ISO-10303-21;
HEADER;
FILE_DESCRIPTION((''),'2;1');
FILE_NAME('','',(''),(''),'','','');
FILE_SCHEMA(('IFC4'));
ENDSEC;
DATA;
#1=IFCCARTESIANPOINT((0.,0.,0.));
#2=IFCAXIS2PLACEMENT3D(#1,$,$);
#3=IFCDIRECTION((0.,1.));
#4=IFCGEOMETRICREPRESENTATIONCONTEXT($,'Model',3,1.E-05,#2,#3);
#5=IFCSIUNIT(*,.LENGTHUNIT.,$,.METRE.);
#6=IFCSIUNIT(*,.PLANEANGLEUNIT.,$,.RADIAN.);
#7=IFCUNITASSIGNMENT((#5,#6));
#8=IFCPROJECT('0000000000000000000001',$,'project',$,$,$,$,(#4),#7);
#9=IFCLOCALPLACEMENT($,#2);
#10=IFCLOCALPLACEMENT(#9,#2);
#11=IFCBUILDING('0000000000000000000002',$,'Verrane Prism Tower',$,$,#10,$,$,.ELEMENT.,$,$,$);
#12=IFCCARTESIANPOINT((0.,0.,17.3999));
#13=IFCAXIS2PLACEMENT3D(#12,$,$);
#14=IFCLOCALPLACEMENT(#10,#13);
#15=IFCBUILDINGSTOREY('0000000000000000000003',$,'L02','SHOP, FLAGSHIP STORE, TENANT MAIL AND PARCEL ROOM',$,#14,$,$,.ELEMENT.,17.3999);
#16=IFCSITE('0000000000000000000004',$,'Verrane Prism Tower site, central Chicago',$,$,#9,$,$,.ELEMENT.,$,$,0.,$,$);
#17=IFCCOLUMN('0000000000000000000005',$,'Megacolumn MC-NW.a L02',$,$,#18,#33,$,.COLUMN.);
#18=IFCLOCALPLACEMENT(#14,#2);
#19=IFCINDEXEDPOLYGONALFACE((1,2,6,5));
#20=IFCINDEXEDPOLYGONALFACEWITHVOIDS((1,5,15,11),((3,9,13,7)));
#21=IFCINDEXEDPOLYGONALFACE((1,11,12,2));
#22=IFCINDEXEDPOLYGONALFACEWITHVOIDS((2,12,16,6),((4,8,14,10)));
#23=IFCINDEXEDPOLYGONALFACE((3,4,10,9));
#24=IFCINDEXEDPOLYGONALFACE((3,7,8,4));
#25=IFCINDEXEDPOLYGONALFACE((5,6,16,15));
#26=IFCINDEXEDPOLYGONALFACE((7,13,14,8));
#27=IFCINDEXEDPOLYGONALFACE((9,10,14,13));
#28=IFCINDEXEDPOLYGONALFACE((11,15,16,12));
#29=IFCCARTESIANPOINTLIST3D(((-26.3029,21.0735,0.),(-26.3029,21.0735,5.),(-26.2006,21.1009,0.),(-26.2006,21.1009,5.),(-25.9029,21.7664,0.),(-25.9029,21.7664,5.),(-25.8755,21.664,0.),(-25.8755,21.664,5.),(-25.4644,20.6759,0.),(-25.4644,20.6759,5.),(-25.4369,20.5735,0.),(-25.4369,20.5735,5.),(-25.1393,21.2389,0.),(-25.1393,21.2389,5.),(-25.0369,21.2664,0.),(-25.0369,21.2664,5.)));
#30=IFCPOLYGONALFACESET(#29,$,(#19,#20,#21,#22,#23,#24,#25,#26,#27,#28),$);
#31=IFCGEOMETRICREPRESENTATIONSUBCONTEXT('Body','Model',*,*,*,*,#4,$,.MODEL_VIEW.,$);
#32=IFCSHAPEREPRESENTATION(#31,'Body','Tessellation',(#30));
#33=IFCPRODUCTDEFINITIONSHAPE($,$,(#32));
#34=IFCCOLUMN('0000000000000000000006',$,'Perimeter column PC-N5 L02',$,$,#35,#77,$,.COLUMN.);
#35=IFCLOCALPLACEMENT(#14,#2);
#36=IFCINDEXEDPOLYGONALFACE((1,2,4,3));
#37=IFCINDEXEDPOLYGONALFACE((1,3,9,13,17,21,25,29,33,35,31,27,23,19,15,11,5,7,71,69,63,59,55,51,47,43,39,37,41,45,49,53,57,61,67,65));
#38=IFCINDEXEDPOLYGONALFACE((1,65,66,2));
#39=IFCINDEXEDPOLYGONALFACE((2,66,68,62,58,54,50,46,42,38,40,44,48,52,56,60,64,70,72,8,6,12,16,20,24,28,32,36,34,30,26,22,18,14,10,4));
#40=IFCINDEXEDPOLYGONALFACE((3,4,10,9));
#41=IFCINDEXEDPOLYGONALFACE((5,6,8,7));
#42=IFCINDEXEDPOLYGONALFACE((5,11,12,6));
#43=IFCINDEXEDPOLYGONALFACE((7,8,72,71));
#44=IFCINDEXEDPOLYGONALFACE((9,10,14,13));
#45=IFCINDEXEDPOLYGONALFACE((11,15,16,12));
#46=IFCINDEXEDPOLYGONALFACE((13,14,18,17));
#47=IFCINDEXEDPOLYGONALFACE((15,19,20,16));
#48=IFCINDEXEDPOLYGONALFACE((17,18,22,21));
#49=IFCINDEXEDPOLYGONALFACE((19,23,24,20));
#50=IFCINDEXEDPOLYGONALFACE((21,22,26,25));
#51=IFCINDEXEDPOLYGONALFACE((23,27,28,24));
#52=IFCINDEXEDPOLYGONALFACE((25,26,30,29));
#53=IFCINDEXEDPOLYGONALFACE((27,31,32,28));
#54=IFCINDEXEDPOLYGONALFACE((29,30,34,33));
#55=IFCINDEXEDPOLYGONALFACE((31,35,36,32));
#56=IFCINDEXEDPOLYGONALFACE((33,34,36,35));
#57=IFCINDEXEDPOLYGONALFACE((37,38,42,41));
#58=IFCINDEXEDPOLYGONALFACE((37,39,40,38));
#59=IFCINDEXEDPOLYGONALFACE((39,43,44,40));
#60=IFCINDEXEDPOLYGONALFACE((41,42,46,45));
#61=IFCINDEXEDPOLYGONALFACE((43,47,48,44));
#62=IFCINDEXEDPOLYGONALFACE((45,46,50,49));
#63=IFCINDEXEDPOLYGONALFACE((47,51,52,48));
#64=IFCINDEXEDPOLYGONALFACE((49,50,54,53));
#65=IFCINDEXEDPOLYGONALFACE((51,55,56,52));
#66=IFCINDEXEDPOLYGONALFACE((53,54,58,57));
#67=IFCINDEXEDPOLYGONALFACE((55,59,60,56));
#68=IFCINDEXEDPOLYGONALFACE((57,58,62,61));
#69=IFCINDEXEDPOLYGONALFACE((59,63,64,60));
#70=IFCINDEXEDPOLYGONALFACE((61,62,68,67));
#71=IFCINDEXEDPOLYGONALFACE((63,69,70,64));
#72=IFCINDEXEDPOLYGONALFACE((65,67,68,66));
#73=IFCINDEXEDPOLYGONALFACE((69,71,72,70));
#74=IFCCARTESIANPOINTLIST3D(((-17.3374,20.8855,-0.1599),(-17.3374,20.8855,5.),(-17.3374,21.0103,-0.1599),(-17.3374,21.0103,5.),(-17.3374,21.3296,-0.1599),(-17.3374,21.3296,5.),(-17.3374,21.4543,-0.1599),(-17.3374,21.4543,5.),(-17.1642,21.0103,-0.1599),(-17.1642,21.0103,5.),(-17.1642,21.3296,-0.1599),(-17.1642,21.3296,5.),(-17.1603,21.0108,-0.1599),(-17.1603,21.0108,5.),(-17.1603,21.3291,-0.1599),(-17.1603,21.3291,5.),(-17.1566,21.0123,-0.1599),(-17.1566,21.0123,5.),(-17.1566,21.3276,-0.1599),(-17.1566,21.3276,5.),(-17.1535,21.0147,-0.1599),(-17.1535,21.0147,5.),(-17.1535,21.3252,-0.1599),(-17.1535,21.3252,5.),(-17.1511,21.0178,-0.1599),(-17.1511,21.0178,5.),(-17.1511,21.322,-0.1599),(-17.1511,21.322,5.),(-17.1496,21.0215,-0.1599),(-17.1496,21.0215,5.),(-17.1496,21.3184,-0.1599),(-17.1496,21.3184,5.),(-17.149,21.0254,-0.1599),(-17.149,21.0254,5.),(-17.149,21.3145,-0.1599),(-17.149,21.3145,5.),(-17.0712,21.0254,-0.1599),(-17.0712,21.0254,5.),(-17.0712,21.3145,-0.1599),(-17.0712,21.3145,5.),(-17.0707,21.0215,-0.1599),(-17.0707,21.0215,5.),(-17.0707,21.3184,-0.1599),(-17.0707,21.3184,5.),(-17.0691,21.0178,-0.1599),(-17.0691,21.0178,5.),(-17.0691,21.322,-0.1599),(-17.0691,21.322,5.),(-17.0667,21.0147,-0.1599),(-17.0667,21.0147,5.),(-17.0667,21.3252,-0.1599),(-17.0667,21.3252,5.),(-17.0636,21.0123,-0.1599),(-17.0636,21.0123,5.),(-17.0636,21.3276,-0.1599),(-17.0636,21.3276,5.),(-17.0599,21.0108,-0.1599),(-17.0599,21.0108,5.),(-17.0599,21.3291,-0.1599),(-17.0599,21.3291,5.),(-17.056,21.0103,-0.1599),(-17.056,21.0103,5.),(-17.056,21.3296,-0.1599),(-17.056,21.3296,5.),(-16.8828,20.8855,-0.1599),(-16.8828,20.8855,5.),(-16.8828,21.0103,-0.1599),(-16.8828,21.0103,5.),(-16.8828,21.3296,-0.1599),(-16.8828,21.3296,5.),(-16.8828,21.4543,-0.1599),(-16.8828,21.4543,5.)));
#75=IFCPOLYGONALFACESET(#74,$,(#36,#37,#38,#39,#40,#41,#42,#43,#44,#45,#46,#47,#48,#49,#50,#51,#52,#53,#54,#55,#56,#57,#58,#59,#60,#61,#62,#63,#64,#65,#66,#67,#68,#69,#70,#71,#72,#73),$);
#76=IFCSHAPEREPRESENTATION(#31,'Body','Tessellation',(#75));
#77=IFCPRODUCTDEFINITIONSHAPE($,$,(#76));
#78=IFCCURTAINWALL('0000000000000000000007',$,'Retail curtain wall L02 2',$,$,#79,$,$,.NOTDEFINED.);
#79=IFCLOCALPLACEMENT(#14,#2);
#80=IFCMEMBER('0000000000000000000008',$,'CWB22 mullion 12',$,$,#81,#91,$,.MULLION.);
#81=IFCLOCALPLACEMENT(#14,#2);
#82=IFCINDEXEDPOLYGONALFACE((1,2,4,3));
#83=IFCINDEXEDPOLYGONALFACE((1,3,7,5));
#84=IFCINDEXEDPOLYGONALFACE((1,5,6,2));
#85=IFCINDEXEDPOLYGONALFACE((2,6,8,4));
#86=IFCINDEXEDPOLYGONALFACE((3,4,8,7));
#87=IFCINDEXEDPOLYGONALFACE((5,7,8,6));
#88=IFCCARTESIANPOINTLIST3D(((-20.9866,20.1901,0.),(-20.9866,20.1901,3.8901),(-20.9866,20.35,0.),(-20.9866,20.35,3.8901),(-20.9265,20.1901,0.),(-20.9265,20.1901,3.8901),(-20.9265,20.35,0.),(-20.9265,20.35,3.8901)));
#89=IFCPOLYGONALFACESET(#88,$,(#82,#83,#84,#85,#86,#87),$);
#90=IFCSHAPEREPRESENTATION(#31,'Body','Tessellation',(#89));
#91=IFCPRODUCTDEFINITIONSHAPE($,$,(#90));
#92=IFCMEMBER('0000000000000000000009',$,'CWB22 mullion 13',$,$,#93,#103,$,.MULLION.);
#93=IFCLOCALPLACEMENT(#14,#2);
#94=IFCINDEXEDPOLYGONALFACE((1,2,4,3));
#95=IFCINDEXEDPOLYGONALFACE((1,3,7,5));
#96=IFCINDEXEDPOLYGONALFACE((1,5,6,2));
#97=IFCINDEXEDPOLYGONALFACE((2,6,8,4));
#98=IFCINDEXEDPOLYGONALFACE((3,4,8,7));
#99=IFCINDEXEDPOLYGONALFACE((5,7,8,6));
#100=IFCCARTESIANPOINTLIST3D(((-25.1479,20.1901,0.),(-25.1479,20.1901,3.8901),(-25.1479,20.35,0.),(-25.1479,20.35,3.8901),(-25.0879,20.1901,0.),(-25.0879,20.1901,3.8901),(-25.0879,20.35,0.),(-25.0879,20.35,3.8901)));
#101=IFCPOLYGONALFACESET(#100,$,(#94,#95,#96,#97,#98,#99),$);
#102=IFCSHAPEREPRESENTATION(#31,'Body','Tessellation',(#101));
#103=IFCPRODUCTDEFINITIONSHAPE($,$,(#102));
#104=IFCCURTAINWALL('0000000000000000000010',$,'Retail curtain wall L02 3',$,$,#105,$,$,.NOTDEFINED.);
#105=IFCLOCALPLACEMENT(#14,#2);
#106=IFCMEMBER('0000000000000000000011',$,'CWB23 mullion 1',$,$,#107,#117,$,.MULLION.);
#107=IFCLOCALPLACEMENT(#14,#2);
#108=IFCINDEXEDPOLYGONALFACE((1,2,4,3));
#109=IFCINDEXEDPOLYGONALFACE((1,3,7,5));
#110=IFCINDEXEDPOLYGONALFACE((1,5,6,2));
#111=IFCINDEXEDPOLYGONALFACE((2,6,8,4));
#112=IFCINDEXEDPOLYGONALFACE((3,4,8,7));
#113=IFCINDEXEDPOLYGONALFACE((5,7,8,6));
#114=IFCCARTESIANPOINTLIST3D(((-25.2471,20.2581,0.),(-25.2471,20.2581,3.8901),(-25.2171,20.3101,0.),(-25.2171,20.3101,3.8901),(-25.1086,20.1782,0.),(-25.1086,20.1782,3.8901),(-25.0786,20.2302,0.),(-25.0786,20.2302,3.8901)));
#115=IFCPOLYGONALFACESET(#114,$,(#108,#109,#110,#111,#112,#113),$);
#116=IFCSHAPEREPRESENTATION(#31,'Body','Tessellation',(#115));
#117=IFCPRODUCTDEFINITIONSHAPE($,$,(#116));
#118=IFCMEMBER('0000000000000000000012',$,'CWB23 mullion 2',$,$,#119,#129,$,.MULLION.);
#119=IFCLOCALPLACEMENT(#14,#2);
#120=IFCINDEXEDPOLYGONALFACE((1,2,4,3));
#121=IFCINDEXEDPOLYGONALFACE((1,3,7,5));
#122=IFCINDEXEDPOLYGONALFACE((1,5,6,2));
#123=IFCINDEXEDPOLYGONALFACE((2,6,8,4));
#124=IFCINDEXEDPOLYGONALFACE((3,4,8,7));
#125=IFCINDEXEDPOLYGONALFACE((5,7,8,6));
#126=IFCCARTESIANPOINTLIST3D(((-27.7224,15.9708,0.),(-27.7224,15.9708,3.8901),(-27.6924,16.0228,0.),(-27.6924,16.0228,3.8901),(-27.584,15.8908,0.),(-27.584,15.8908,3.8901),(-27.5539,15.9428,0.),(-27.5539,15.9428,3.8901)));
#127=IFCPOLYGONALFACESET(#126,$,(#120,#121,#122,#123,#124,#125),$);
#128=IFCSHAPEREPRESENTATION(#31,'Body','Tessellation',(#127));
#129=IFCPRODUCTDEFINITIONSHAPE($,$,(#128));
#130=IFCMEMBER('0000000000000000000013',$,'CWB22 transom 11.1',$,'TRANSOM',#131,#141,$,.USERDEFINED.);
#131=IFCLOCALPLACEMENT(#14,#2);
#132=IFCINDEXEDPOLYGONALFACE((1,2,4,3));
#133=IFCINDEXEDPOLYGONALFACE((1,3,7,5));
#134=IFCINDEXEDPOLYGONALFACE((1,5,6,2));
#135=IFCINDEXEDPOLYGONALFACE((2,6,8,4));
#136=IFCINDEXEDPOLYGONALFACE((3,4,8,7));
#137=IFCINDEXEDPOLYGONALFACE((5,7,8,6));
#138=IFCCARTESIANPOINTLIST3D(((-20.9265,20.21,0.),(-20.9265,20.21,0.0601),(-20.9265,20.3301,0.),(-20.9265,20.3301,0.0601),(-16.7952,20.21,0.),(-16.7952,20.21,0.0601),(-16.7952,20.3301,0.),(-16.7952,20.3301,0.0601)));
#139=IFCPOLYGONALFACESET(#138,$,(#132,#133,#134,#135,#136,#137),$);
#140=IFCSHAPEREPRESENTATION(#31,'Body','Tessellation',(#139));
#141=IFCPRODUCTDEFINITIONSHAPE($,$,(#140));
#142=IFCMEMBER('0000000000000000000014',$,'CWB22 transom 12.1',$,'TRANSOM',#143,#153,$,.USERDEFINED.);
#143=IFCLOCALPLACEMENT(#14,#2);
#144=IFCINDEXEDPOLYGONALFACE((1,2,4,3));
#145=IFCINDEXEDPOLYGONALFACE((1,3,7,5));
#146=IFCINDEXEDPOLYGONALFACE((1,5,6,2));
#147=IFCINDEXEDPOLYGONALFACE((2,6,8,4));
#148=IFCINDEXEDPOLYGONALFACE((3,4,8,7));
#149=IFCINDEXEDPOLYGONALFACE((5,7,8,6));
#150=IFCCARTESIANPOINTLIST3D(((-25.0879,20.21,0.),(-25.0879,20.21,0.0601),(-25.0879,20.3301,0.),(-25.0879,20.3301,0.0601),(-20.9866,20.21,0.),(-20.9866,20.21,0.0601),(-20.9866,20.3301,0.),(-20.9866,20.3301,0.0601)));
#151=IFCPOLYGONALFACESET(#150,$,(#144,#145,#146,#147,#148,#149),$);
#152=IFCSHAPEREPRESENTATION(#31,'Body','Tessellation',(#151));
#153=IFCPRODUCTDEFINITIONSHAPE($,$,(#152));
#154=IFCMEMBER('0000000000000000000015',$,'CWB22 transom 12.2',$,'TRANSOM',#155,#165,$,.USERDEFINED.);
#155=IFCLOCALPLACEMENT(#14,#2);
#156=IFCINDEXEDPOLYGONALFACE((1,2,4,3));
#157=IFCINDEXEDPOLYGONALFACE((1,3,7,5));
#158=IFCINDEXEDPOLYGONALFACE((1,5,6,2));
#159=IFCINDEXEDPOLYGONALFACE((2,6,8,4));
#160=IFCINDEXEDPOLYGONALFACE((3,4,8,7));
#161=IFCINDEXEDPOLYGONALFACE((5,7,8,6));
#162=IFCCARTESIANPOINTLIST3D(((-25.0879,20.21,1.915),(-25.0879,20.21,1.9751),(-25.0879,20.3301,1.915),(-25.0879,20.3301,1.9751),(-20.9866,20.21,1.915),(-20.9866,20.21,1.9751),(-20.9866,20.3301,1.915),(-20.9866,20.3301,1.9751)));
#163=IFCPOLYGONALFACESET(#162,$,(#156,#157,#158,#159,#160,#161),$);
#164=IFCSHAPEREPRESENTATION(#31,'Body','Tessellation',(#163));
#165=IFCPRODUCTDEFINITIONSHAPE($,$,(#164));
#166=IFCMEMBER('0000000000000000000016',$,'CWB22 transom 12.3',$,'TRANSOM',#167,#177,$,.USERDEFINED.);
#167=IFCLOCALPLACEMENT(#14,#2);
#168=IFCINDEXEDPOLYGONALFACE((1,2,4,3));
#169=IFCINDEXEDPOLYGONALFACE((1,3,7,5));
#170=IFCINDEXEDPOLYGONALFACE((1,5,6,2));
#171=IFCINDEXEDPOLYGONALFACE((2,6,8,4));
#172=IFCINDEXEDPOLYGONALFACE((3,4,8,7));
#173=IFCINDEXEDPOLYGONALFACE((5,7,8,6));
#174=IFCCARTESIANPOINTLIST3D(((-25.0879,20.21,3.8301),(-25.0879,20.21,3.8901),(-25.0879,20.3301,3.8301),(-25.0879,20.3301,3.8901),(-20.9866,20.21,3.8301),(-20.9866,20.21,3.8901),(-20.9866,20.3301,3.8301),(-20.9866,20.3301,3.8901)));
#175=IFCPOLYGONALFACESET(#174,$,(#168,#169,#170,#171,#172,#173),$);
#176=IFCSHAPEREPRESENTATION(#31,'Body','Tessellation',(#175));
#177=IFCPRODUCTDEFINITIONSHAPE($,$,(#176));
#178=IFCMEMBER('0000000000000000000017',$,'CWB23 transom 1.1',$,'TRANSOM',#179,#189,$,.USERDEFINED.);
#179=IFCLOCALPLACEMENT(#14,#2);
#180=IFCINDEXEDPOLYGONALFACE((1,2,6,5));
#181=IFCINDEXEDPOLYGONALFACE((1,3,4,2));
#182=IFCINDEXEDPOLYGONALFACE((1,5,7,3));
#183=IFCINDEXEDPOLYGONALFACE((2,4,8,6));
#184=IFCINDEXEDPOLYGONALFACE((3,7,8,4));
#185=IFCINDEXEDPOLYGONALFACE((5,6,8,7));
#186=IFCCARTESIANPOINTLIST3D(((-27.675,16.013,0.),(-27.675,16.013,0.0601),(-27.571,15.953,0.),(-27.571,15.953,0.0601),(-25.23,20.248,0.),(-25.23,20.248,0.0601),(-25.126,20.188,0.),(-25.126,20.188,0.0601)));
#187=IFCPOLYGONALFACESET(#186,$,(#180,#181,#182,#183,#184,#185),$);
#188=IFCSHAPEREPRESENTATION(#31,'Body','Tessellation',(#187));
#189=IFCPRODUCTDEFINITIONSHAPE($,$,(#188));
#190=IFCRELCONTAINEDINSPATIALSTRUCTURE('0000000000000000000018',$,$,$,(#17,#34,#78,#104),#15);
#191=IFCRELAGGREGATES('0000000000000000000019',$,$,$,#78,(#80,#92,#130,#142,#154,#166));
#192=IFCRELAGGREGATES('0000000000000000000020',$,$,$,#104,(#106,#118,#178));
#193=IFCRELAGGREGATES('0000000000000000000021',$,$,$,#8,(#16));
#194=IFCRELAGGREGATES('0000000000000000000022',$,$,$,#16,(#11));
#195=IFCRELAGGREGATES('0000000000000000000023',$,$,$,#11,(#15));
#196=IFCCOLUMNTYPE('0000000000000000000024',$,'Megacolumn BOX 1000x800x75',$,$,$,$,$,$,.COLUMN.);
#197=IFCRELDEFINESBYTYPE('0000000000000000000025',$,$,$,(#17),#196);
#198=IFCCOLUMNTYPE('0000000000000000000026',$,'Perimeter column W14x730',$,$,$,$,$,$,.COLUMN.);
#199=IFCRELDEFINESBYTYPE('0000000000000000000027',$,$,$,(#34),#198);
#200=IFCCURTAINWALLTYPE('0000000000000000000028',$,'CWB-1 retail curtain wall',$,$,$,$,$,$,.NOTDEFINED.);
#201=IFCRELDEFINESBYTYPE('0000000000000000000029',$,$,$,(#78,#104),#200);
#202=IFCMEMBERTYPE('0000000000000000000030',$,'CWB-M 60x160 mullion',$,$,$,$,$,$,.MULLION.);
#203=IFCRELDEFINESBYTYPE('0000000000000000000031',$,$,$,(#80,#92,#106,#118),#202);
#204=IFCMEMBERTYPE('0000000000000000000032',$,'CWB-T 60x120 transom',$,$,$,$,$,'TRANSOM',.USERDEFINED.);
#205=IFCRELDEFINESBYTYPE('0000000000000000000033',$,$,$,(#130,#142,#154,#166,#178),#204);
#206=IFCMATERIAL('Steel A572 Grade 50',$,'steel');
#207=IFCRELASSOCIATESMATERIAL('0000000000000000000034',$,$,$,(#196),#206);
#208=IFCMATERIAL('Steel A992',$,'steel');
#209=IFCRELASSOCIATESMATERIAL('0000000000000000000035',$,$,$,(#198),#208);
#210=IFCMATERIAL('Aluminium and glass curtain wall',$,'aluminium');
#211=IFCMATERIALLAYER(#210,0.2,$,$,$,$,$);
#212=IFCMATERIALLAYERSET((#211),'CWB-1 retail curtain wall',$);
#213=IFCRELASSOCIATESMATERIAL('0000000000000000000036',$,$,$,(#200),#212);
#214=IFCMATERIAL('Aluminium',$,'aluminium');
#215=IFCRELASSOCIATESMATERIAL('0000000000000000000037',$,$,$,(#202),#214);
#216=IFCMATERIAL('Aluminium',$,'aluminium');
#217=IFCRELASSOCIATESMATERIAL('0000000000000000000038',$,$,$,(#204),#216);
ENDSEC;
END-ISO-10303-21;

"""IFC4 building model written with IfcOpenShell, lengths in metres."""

from ifc_helpers import new_model, si_unit, direction, frame, origin, origin_2d, place, context, subcontext, project, spatial, rectangle, hollow_rectangle, i_section, extrude, material, layer, layer_set, material_profile, profile_set, type_object, element, aggregate, save


model = new_model("IFC4")

# Units and contexts
model_context = context("Model", 3, precision=1e-05, world=origin(), true_north=direction((0.0, 1.0)))
body_context = subcontext(model_context, "Body", "Model", "MODEL_VIEW")
ifc_project = project(units=[si_unit("LENGTHUNIT", "METRE"), si_unit("PLANEANGLEUNIT", "RADIAN")], contexts=[model_context])

# Site, building, storey
site_placement = place(None, origin())
site = spatial("IfcSite", under=ifc_project, at=site_placement, Name="Verrane Prism Tower site, central Chicago", CompositionType="ELEMENT", RefElevation=0.0)
building_placement = place(site_placement, origin())
building = spatial("IfcBuilding", under=site, at=building_placement, Name="Verrane Prism Tower", CompositionType="ELEMENT")
storey_placement = place(building_placement, frame((0.0, 0.0, 17.3999)))
storey = spatial("IfcBuildingStorey", under=building, at=storey_placement, Name="L02", Description="SHOP, FLAGSHIP STORE, TENANT MAIL AND PARCEL ROOM", CompositionType="ELEMENT", Elevation=17.3999)

# Columns
ifc_material_1 = material(Name="Steel A572 Grade 50", Category="steel")
ifc_material_profile_1 = material_profile(ifc_material_1, hollow_rectangle(XDim=0.8, YDim=1.0, WallThickness=0.075, at=origin_2d()), Name="BOX 1000x800x75")
ifc_profile_set_1 = profile_set([ifc_material_profile_1], Name="Steel A572 Grade 50")
column_type_1 = type_object("IfcColumnType", Name="Megacolumn BOX 1000x800x75", PredefinedType="COLUMN", material=ifc_profile_set_1)
column_1_placement = place(storey_placement, frame((-25.6699, 21.1699, 0.0), z_axis=(0.0, 0.0, 1.0), x_axis=(0.5, 0.866025, 0.0)))
element("IfcColumn", 1, at=column_1_placement, inside=storey, type_object=column_type_1, Name="Megacolumn MC-NW.a L02", PredefinedType="COLUMN", context=body_context, shape_type="SweptSolid", body=[
    extrude(hollow_rectangle(XDim=0.8, YDim=1.0, WallThickness=0.075, at=origin_2d()), origin(), (0.0, 0.0, 1.0), 5.0),
])
ifc_material_2 = material(Name="Steel A992", Category="steel")
ifc_material_profile_2 = material_profile(ifc_material_2, i_section(OverallWidth=0.4546, OverallDepth=0.5688, WebThickness=0.0779, FlangeThickness=0.1248, FilletRadius=0.0151, at=origin_2d()), Name="W14x730")
ifc_profile_set_2 = profile_set([ifc_material_profile_2], Name="Steel A992")
column_type_2 = type_object("IfcColumnType", Name="Perimeter column W14x730", PredefinedType="COLUMN", material=ifc_profile_set_2)
column_2_placement = place(storey_placement, frame((-17.1101, 21.1699, -0.1599), z_axis=(0.0, 0.0, 1.0), x_axis=(1.0, 0.0, 0.0)))
element("IfcColumn", 2, at=column_2_placement, inside=storey, type_object=column_type_2, Name="Perimeter column PC-N5 L02", PredefinedType="COLUMN", context=body_context, shape_type="SweptSolid", body=[
    extrude(i_section(OverallWidth=0.4546, OverallDepth=0.5688, WebThickness=0.0779, FlangeThickness=0.1248, FilletRadius=0.0151, at=origin_2d()), origin(), (0.0, 0.0, 1.0), 5.1599),
])

# Curtain walls, members
ifc_material_3 = material(Name="Aluminium and glass curtain wall", Category="aluminium")
ifc_layer_1 = layer(ifc_material_3, 0.2)
ifc_layer_set_1 = layer_set([ifc_layer_1], Name="CWB-1 retail curtain wall")
curtain_wall_type = type_object("IfcCurtainWallType", Name="CWB-1 retail curtain wall", PredefinedType="NOTDEFINED", material=ifc_layer_set_1)
curtain_wall_1_placement = place(storey_placement, origin())
curtain_wall_1 = element("IfcCurtainWall", 3, at=curtain_wall_1_placement, inside=storey, type_object=curtain_wall_type, Name="Retail curtain wall L02 2", PredefinedType="NOTDEFINED")
ifc_material_4 = material(Name="Aluminium", Category="aluminium")
ifc_material_profile_3 = material_profile(ifc_material_4, rectangle(XDim=0.1599, YDim=0.0601, at=origin_2d()), Name="CWB-M 60x160 mullion")
ifc_profile_set_3 = profile_set([ifc_material_profile_3], Name="Aluminium")
member_type_1 = type_object("IfcMemberType", Name="CWB-M 60x160 mullion", PredefinedType="MULLION", material=ifc_profile_set_3)
member_1_placement = place(storey_placement, frame((-20.9565, 20.27, 0.0), z_axis=(0.0, 0.0, 1.0), x_axis=(0.0, -1.0, 0.0)))
member_1 = element("IfcMember", 4, at=member_1_placement, type_object=member_type_1, Name="CWB22 mullion 12", PredefinedType="MULLION", context=body_context, shape_type="SweptSolid", body=[
    extrude(rectangle(XDim=0.1599, YDim=0.0601, at=origin_2d()), origin(), (0.0, 0.0, 1.0), 3.8901),
])
member_2_placement = place(storey_placement, frame((-25.1179, 20.27, 0.0), z_axis=(0.0, 0.0, 1.0), x_axis=(0.0, -1.0, 0.0)))
member_2 = element("IfcMember", 5, at=member_2_placement, type_object=member_type_1, Name="CWB22 mullion 13", PredefinedType="MULLION", context=body_context, shape_type="SweptSolid", body=[
    extrude(rectangle(XDim=0.1599, YDim=0.0601, at=origin_2d()), origin(), (0.0, 0.0, 1.0), 3.8901),
])
curtain_wall_2_placement = place(storey_placement, origin())
curtain_wall_2 = element("IfcCurtainWall", 6, at=curtain_wall_2_placement, inside=storey, type_object=curtain_wall_type, Name="Retail curtain wall L02 3", PredefinedType="NOTDEFINED")
member_3_placement = place(storey_placement, frame((-25.1628, 20.2441, 0.0), z_axis=(0.0, 0.0, 1.0), x_axis=(0.866026, -0.499999, 0.0)))
member_3 = element("IfcMember", 7, at=member_3_placement, type_object=member_type_1, Name="CWB23 mullion 1", PredefinedType="MULLION", context=body_context, shape_type="SweptSolid", body=[
    extrude(rectangle(XDim=0.1599, YDim=0.0601, at=origin_2d()), origin(), (0.0, 0.0, 1.0), 3.8901),
])
member_4_placement = place(storey_placement, frame((-27.6382, 15.9568, 0.0), z_axis=(0.0, 0.0, 1.0), x_axis=(0.866026, -0.499999, 0.0)))
member_4 = element("IfcMember", 8, at=member_4_placement, type_object=member_type_1, Name="CWB23 mullion 2", PredefinedType="MULLION", context=body_context, shape_type="SweptSolid", body=[
    extrude(rectangle(XDim=0.1599, YDim=0.0601, at=origin_2d()), origin(), (0.0, 0.0, 1.0), 3.8901),
])

# Members
ifc_material_5 = material(Name="Aluminium", Category="aluminium")
ifc_material_profile_4 = material_profile(ifc_material_5, rectangle(XDim=0.1201, YDim=0.0601, at=origin_2d()), Name="CWB-T 60x120 transom")
ifc_profile_set_4 = profile_set([ifc_material_profile_4], Name="Aluminium")
member_type_2 = type_object("IfcMemberType", Name="CWB-T 60x120 transom", ElementType="TRANSOM", PredefinedType="USERDEFINED", material=ifc_profile_set_4)
member_5_placement = place(storey_placement, frame((-16.7952, 20.27, 0.03), z_axis=(-1.0, 0.0, 0.0), x_axis=(0.0, -1.0, 0.0)))
member_5 = element("IfcMember", 9, at=member_5_placement, type_object=member_type_2, Name="CWB22 transom 11.1", ObjectType="TRANSOM", PredefinedType="USERDEFINED", context=body_context, shape_type="SweptSolid", body=[
    extrude(rectangle(XDim=0.1201, YDim=0.0601, at=origin_2d()), origin(), (0.0, 0.0, 1.0), 4.1313),
])
member_6_placement = place(storey_placement, frame((-20.9866, 20.27, 0.03), z_axis=(-1.0, 0.0, 0.0), x_axis=(0.0, -1.0, 0.0)))
member_6 = element("IfcMember", 10, at=member_6_placement, type_object=member_type_2, Name="CWB22 transom 12.1", ObjectType="TRANSOM", PredefinedType="USERDEFINED", context=body_context, shape_type="SweptSolid", body=[
    extrude(rectangle(XDim=0.1201, YDim=0.0601, at=origin_2d()), origin(), (0.0, 0.0, 1.0), 4.1013),
])
member_7_placement = place(storey_placement, frame((-20.9866, 20.27, 1.9451), z_axis=(-1.0, 0.0, 0.0), x_axis=(0.0, -1.0, 0.0)))
member_7 = element("IfcMember", 11, at=member_7_placement, type_object=member_type_2, Name="CWB22 transom 12.2", ObjectType="TRANSOM", PredefinedType="USERDEFINED", context=body_context, shape_type="SweptSolid", body=[
    extrude(rectangle(XDim=0.1201, YDim=0.0601, at=origin_2d()), origin(), (0.0, 0.0, 1.0), 4.1013),
])
member_8_placement = place(storey_placement, frame((-20.9866, 20.27, 3.8601), z_axis=(-1.0, 0.0, 0.0), x_axis=(0.0, -1.0, 0.0)))
member_8 = element("IfcMember", 12, at=member_8_placement, type_object=member_type_2, Name="CWB22 transom 12.3", ObjectType="TRANSOM", PredefinedType="USERDEFINED", context=body_context, shape_type="SweptSolid", body=[
    extrude(rectangle(XDim=0.1201, YDim=0.0601, at=origin_2d()), origin(), (0.0, 0.0, 1.0), 4.1013),
])
member_9_placement = place(storey_placement, frame((-25.178, 20.218, 0.03), z_axis=(-0.499989, -0.866032, 0.0), x_axis=(0.866032, -0.499989, 0.0)))
member_9 = element("IfcMember", 13, at=member_9_placement, type_object=member_type_2, Name="CWB23 transom 1.1", ObjectType="TRANSOM", PredefinedType="USERDEFINED", context=body_context, shape_type="SweptSolid", body=[
    extrude(rectangle(XDim=0.1201, YDim=0.0601, at=origin_2d()), origin(), (0.0, 0.0, 1.0), 4.8901),
])

aggregate(curtain_wall_1, [member_1, member_2, member_5, member_6, member_7, member_8])
aggregate(curtain_wall_2, [member_3, member_4, member_9])

save(model, "model.ifc")
